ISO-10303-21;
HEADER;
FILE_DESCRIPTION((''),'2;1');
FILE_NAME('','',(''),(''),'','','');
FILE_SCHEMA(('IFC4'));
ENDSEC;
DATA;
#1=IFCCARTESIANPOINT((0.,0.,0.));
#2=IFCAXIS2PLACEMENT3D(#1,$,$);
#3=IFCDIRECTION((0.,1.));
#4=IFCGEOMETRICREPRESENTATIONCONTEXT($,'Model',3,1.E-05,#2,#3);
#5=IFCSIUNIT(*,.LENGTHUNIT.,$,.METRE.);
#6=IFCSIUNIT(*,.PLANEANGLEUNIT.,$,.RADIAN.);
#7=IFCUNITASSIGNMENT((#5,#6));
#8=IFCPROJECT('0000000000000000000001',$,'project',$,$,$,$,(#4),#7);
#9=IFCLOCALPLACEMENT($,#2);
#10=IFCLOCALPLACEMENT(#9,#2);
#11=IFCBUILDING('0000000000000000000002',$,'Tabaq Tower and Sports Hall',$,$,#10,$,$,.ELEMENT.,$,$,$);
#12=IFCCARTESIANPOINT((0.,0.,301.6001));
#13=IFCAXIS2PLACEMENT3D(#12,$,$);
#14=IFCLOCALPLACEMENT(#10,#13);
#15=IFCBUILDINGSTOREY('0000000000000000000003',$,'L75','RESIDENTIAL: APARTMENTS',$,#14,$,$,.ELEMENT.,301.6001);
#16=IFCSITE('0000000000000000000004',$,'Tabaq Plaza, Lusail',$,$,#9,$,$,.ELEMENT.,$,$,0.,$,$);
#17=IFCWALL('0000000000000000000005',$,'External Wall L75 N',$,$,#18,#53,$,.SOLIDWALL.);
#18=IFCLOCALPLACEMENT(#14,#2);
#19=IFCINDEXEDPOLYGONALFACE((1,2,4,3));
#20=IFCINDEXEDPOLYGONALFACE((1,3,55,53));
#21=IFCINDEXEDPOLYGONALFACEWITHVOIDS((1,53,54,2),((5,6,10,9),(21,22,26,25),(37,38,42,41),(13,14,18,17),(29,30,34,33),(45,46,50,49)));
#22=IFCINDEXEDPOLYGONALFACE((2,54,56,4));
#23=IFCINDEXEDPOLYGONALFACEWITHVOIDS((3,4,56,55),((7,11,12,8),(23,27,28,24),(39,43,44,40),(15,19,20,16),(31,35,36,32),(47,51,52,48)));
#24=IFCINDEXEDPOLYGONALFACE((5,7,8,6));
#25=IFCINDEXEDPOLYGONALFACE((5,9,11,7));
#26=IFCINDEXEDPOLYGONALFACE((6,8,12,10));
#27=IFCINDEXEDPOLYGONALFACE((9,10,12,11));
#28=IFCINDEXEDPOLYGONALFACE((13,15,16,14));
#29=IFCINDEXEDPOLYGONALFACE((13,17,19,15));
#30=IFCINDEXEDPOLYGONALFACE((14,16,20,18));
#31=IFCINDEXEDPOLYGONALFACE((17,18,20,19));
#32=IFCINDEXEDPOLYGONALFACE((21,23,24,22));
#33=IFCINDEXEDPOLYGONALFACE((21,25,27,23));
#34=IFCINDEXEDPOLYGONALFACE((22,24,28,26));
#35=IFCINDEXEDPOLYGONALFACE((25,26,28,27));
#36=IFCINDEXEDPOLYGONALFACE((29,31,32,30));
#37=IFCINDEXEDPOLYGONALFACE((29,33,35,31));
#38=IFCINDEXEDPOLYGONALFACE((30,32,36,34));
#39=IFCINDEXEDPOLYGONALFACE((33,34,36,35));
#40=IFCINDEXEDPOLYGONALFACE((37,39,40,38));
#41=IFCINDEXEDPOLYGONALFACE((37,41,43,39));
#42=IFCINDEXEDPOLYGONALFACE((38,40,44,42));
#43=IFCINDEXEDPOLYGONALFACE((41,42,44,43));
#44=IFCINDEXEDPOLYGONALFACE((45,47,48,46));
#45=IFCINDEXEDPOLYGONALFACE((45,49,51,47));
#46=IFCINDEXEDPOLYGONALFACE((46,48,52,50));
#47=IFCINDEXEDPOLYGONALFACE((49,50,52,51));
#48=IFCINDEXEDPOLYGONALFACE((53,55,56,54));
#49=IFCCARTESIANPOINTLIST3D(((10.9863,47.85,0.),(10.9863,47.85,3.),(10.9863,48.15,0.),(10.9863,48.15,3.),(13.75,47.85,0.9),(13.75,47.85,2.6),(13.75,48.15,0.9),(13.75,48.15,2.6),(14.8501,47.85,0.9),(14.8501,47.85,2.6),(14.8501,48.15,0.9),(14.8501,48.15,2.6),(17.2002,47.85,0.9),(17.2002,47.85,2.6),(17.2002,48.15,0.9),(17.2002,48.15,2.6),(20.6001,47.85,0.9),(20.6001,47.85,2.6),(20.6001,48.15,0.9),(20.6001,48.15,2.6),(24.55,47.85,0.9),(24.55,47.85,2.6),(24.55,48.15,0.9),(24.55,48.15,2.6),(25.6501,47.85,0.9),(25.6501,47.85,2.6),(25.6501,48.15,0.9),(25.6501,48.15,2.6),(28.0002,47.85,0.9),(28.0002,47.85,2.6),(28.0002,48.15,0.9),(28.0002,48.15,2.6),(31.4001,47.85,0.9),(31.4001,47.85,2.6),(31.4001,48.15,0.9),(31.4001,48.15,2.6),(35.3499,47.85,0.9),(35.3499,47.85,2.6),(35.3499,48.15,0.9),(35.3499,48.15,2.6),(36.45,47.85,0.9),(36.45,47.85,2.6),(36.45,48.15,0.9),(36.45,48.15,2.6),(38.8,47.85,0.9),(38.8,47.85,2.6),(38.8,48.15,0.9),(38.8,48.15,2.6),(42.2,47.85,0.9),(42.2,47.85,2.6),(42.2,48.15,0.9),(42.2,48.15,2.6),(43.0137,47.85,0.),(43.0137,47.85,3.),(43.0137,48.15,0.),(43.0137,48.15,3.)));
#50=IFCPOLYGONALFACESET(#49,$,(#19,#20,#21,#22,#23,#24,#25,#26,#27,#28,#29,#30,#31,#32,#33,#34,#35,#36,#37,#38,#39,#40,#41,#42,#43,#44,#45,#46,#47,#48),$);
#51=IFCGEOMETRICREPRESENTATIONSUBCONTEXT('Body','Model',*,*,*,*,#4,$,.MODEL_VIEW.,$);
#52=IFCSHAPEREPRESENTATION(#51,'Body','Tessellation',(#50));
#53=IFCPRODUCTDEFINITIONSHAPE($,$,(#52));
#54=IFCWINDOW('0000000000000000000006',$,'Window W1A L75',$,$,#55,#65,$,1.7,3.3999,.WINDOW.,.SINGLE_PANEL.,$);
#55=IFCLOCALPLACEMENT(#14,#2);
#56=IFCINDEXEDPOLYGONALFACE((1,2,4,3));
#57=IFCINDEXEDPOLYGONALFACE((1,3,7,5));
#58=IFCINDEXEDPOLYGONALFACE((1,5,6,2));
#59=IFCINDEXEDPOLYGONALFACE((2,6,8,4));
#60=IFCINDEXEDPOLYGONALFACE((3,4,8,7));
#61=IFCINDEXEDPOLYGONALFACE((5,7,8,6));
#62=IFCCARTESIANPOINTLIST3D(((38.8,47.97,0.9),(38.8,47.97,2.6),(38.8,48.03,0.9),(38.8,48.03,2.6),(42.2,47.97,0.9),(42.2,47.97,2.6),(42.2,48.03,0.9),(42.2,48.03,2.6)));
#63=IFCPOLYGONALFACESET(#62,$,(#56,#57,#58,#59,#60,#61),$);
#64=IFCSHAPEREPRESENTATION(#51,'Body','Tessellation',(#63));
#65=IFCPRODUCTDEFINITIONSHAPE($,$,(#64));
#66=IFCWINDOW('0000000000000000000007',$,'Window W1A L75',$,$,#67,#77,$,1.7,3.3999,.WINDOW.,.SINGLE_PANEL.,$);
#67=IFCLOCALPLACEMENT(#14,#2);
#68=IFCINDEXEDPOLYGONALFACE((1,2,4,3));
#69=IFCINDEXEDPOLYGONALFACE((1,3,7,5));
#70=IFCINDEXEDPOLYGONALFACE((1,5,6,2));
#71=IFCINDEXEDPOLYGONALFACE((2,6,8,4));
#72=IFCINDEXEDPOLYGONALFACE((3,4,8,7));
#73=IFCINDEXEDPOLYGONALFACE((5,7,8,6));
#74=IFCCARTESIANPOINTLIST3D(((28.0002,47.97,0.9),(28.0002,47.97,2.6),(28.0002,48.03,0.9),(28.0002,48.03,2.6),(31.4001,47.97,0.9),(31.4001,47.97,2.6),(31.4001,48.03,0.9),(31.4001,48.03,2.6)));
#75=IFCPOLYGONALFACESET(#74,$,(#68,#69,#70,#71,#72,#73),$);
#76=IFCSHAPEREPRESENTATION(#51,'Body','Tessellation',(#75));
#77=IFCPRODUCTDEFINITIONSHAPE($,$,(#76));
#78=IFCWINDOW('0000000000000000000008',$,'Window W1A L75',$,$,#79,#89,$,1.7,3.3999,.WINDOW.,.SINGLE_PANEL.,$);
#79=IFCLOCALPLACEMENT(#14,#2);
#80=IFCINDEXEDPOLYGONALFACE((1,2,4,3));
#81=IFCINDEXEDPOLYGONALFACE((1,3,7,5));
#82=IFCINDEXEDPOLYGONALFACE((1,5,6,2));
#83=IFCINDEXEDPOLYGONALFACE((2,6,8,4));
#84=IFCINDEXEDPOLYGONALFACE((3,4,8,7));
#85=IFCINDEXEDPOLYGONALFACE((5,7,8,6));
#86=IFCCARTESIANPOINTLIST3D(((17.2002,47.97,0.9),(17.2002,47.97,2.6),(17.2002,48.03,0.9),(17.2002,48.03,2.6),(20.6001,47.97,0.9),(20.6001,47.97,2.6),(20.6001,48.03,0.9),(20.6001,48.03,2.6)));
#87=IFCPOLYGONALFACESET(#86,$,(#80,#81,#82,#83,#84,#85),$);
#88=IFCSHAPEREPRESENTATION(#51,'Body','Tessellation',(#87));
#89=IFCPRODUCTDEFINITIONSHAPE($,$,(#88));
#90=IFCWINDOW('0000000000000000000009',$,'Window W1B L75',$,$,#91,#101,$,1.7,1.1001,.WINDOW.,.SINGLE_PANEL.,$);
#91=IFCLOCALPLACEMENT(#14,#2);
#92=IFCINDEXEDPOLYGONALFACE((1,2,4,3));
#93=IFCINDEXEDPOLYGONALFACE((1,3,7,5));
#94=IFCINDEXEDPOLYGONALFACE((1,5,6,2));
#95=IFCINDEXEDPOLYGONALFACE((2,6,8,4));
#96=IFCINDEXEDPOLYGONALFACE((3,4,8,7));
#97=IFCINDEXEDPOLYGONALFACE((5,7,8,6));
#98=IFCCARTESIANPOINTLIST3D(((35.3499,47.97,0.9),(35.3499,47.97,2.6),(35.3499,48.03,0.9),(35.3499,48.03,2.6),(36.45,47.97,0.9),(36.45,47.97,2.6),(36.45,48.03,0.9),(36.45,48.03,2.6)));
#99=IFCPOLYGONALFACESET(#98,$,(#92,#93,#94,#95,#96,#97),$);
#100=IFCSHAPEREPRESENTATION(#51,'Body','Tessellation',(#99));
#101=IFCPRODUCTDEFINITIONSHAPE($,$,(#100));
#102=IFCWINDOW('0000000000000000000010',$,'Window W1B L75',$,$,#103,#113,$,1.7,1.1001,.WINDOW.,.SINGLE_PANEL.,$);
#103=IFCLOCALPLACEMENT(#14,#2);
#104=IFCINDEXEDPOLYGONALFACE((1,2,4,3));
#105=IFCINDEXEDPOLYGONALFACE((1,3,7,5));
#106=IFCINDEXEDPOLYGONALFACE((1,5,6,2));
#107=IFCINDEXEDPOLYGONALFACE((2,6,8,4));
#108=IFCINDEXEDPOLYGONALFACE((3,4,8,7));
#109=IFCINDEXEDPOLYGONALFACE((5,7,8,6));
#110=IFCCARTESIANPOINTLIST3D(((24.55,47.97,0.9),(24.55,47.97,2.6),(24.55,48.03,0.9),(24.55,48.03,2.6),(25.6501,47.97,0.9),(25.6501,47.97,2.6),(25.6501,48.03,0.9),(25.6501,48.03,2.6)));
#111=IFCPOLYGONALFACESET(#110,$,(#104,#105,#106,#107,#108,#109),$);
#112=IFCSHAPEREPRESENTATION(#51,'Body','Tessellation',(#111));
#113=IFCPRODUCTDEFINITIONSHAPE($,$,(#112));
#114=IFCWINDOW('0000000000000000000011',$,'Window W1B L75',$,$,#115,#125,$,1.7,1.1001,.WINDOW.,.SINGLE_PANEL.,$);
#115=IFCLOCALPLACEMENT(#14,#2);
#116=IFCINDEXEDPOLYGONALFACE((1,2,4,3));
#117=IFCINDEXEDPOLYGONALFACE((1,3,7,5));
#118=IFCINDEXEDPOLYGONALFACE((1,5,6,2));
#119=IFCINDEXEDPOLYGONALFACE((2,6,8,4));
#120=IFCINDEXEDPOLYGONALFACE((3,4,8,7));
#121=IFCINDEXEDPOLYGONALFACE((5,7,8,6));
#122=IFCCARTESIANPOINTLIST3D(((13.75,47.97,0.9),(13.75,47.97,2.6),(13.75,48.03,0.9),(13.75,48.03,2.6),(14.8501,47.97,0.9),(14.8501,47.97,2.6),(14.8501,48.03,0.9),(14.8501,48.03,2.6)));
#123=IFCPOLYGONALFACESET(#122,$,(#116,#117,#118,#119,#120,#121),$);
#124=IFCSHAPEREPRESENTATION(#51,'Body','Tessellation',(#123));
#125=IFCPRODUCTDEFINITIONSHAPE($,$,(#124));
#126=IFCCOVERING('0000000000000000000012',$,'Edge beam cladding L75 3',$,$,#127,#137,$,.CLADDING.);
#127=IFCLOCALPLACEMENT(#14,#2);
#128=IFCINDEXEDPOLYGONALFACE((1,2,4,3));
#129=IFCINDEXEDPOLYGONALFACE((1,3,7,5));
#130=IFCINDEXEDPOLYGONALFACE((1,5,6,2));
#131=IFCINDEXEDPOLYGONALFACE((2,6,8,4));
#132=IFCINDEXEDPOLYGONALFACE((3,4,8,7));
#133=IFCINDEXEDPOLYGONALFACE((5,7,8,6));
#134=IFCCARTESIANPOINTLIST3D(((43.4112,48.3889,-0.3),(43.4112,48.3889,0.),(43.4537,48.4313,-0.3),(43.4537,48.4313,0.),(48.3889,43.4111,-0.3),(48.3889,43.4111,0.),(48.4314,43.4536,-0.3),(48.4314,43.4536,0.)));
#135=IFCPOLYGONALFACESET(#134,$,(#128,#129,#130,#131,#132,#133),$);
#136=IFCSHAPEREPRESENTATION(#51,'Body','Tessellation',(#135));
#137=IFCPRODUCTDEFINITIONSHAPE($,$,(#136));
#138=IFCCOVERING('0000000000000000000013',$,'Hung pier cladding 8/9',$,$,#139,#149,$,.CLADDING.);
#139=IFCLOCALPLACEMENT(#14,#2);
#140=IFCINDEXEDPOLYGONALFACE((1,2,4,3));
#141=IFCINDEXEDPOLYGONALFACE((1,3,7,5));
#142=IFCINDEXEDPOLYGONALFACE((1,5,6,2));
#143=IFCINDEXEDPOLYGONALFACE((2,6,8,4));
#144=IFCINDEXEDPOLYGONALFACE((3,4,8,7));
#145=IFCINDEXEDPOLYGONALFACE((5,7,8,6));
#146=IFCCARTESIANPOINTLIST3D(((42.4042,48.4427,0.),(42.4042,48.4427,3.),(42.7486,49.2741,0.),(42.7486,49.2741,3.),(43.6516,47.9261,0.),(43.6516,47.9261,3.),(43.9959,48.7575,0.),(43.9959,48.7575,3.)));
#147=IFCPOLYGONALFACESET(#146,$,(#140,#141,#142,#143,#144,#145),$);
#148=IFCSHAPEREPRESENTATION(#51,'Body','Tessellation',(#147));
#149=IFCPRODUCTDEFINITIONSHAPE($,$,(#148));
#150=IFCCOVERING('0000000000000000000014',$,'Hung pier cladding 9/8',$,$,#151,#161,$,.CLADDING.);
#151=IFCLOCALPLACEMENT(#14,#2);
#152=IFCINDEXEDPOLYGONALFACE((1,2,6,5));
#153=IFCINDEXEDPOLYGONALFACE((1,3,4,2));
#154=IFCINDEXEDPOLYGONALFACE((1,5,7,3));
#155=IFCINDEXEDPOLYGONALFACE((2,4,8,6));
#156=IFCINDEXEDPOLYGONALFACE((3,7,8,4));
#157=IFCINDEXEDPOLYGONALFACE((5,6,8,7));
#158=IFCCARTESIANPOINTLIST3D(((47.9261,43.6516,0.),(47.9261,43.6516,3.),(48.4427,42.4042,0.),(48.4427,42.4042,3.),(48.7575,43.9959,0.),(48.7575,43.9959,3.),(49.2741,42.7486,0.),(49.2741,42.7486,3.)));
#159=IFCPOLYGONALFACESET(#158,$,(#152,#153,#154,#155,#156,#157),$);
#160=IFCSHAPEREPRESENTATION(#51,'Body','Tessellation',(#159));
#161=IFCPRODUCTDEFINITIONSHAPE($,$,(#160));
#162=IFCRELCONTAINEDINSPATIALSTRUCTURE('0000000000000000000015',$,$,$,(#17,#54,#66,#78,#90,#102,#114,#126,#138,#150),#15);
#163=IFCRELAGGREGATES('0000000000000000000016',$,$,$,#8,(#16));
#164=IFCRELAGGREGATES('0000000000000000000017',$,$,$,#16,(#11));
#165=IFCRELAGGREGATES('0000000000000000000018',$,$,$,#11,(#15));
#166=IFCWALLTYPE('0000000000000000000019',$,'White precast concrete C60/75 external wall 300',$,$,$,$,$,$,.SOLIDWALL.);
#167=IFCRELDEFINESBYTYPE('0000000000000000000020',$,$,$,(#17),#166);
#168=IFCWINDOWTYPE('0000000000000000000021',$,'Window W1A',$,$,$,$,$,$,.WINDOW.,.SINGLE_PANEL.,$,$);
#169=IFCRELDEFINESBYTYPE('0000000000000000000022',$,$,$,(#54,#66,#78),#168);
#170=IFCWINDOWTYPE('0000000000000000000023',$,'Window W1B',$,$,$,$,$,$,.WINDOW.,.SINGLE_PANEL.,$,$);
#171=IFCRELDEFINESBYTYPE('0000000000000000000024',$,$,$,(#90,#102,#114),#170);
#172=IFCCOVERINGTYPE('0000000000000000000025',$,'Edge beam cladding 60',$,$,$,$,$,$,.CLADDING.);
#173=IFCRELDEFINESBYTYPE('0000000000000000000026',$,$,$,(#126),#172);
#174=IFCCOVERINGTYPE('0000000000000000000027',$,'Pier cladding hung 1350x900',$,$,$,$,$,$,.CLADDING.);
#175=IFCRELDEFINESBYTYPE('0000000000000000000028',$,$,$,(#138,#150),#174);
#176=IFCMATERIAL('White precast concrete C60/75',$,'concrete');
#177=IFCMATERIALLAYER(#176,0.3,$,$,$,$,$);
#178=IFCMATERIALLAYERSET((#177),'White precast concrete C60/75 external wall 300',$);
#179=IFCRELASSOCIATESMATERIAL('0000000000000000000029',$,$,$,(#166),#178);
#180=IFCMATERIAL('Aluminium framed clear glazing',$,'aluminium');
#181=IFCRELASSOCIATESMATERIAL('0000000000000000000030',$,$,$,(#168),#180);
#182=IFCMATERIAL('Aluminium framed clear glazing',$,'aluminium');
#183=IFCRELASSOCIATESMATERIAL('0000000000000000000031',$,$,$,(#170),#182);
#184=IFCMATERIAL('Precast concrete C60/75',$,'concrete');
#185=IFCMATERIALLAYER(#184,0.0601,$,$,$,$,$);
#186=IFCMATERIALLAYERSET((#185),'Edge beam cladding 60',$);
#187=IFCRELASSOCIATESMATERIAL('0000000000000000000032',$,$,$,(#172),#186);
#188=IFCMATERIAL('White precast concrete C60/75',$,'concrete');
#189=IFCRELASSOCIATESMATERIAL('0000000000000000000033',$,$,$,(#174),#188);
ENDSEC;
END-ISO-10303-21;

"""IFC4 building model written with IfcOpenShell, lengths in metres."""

from ifc_helpers import new_model, si_unit, direction, frame, frame_2d, origin, place, context, subcontext, project, spatial, rectangle, extrude, material, layer, layer_set, type_object, element, fill, save


model = new_model("IFC4")

# Units and contexts
model_context = context("Model", 3, precision=1e-05, world=origin(), true_north=direction((0.0, 1.0)))
body_context = subcontext(model_context, "Body", "Model", "MODEL_VIEW")
ifc_project = project(units=[si_unit("LENGTHUNIT", "METRE"), si_unit("PLANEANGLEUNIT", "RADIAN")], contexts=[model_context])

# Site, building, storey
site_placement = place(None, origin())
site = spatial("IfcSite", under=ifc_project, at=site_placement, Name="Tabaq Plaza, Lusail", CompositionType="ELEMENT", RefElevation=0.0)
building_placement = place(site_placement, origin())
building = spatial("IfcBuilding", under=site, at=building_placement, Name="Tabaq Tower and Sports Hall", CompositionType="ELEMENT")
storey_placement = place(building_placement, frame((0.0, 0.0, 301.6001)))
storey = spatial("IfcBuildingStorey", under=building, at=storey_placement, Name="L75", Description="RESIDENTIAL: APARTMENTS", CompositionType="ELEMENT", Elevation=301.6001)

# Shared definitions
ifc_material_1 = material(Name="White precast concrete C60/75", Category="concrete")
ifc_layer_1 = layer(ifc_material_1, 0.3)
ifc_layer_set_1 = layer_set([ifc_layer_1], Name="White precast concrete C60/75 external wall 300")
wall_type_1 = type_object("IfcWallType", Name="White precast concrete C60/75 external wall 300", PredefinedType="SOLIDWALL", material=ifc_layer_set_1)
ifc_material_2 = material(Name="Aluminium framed clear glazing", Category="aluminium")
window_type_1 = type_object("IfcWindowType", Name="Window W1A", PartitioningType="SINGLE_PANEL", PredefinedType="WINDOW", material=ifc_material_2)

# Wall, openings, windows
wall_1_placement = place(storey_placement, frame((43.0137, 48.0, 0.0), z_axis=(0.0, 0.0, 1.0), x_axis=(-1.0, 0.0, 0.0)))
wall_1 = element("IfcWall", 1, at=wall_1_placement, inside=storey, type_object=wall_type_1, Name="External Wall L75 N", PredefinedType="SOLIDWALL", context=body_context, shape_type="SweptSolid", body=[
    extrude(rectangle(XDim=32.0273, YDim=0.3, at=frame_2d((16.0137, 0.0))), origin(), (0.0, 0.0, 1.0), 3.0),
])
opening_1_placement = place(wall_1_placement, frame((0.8137, 0.0, 0.8999)))
opening_1 = element("IfcOpeningElement", 2, at=opening_1_placement, cuts=wall_1, PredefinedType="OPENING", context=body_context, shape_type="SweptSolid", body=[
    extrude(rectangle(XDim=3.3999, YDim=1.7, at=frame_2d((1.7, 0.8501))), frame((0.0, 0.1602, 0.0), z_axis=(0.0, -1.0, 0.0), x_axis=(1.0, 0.0, 0.0)), (0.0, 0.0, 1.0), 0.3201),
])
opening_2_placement = place(wall_1_placement, frame((6.5637, 0.0, 0.8999)))
opening_2 = element("IfcOpeningElement", 3, at=opening_2_placement, cuts=wall_1, PredefinedType="OPENING", context=body_context, shape_type="SweptSolid", body=[
    extrude(rectangle(XDim=1.1001, YDim=1.7, at=frame_2d((0.55, 0.8501))), frame((0.0, 0.1602, 0.0), z_axis=(0.0, -1.0, 0.0), x_axis=(1.0, 0.0, 0.0)), (0.0, 0.0, 1.0), 0.3201),
])
opening_3_placement = place(wall_1_placement, frame((11.6135, 0.0, 0.8999)))
opening_3 = element("IfcOpeningElement", 4, at=opening_3_placement, cuts=wall_1, PredefinedType="OPENING", context=body_context, shape_type="SweptSolid", body=[
    extrude(rectangle(XDim=3.3999, YDim=1.7, at=frame_2d((1.7, 0.8501))), frame((0.0, 0.1602, 0.0), z_axis=(0.0, -1.0, 0.0), x_axis=(1.0, 0.0, 0.0)), (0.0, 0.0, 1.0), 0.3201),
])
opening_4_placement = place(wall_1_placement, frame((17.3635, 0.0, 0.8999)))
opening_4 = element("IfcOpeningElement", 5, at=opening_4_placement, cuts=wall_1, PredefinedType="OPENING", context=body_context, shape_type="SweptSolid", body=[
    extrude(rectangle(XDim=1.1001, YDim=1.7, at=frame_2d((0.55, 0.8501))), frame((0.0, 0.1602, 0.0), z_axis=(0.0, -1.0, 0.0), x_axis=(1.0, 0.0, 0.0)), (0.0, 0.0, 1.0), 0.3201),
])
opening_5_placement = place(wall_1_placement, frame((22.4136, 0.0, 0.8999)))
opening_5 = element("IfcOpeningElement", 6, at=opening_5_placement, cuts=wall_1, PredefinedType="OPENING", context=body_context, shape_type="SweptSolid", body=[
    extrude(rectangle(XDim=3.3999, YDim=1.7, at=frame_2d((1.7, 0.8501))), frame((0.0, 0.1602, 0.0), z_axis=(0.0, -1.0, 0.0), x_axis=(1.0, 0.0, 0.0)), (0.0, 0.0, 1.0), 0.3201),
])
opening_6_placement = place(wall_1_placement, frame((28.1636, 0.0, 0.8999)))
opening_6 = element("IfcOpeningElement", 7, at=opening_6_placement, cuts=wall_1, PredefinedType="OPENING", context=body_context, shape_type="SweptSolid", body=[
    extrude(rectangle(XDim=1.1001, YDim=1.7, at=frame_2d((0.55, 0.8501))), frame((0.0, 0.1602, 0.0), z_axis=(0.0, -1.0, 0.0), x_axis=(1.0, 0.0, 0.0)), (0.0, 0.0, 1.0), 0.3201),
])
window_1_placement = place(opening_1_placement, origin())
window_1 = element("IfcWindow", 8, at=window_1_placement, inside=storey, type_object=window_type_1, Name="Window W1A L75", OverallHeight=1.7, OverallWidth=3.3999, PartitioningType="SINGLE_PANEL", PredefinedType="WINDOW", context=body_context, shape_type="SweptSolid", body=[
    extrude(rectangle(XDim=3.3999, YDim=1.7, at=frame_2d((1.7, 0.8501))), frame((0.0, 0.03, 0.0), z_axis=(0.0, -1.0, 0.0), x_axis=(1.0, 0.0, 0.0)), (0.0, 0.0, 1.0), 0.0601),
])
fill(opening_1, window_1)
window_2_placement = place(opening_3_placement, origin())
window_2 = element("IfcWindow", 9, at=window_2_placement, inside=storey, type_object=window_type_1, Name="Window W1A L75", OverallHeight=1.7, OverallWidth=3.3999, PartitioningType="SINGLE_PANEL", PredefinedType="WINDOW", context=body_context, shape_type="SweptSolid", body=[
    extrude(rectangle(XDim=3.3999, YDim=1.7, at=frame_2d((1.7, 0.8501))), frame((0.0, 0.03, 0.0), z_axis=(0.0, -1.0, 0.0), x_axis=(1.0, 0.0, 0.0)), (0.0, 0.0, 1.0), 0.0601),
])
fill(opening_3, window_2)
window_3_placement = place(opening_5_placement, origin())
window_3 = element("IfcWindow", 10, at=window_3_placement, inside=storey, type_object=window_type_1, Name="Window W1A L75", OverallHeight=1.7, OverallWidth=3.3999, PartitioningType="SINGLE_PANEL", PredefinedType="WINDOW", context=body_context, shape_type="SweptSolid", body=[
    extrude(rectangle(XDim=3.3999, YDim=1.7, at=frame_2d((1.7, 0.8501))), frame((0.0, 0.03, 0.0), z_axis=(0.0, -1.0, 0.0), x_axis=(1.0, 0.0, 0.0)), (0.0, 0.0, 1.0), 0.0601),
])
fill(opening_5, window_3)
ifc_material_3 = material(Name="Aluminium framed clear glazing", Category="aluminium")
window_type_2 = type_object("IfcWindowType", Name="Window W1B", PartitioningType="SINGLE_PANEL", PredefinedType="WINDOW", material=ifc_material_3)
window_4_placement = place(opening_2_placement, origin())
window_4 = element("IfcWindow", 11, at=window_4_placement, inside=storey, type_object=window_type_2, Name="Window W1B L75", OverallHeight=1.7, OverallWidth=1.1001, PartitioningType="SINGLE_PANEL", PredefinedType="WINDOW", context=body_context, shape_type="SweptSolid", body=[
    extrude(rectangle(XDim=1.1001, YDim=1.7, at=frame_2d((0.55, 0.8501))), frame((0.0, 0.03, 0.0), z_axis=(0.0, -1.0, 0.0), x_axis=(1.0, 0.0, 0.0)), (0.0, 0.0, 1.0), 0.0601),
])
fill(opening_2, window_4)
window_5_placement = place(opening_4_placement, origin())
window_5 = element("IfcWindow", 12, at=window_5_placement, inside=storey, type_object=window_type_2, Name="Window W1B L75", OverallHeight=1.7, OverallWidth=1.1001, PartitioningType="SINGLE_PANEL", PredefinedType="WINDOW", context=body_context, shape_type="SweptSolid", body=[
    extrude(rectangle(XDim=1.1001, YDim=1.7, at=frame_2d((0.55, 0.8501))), frame((0.0, 0.03, 0.0), z_axis=(0.0, -1.0, 0.0), x_axis=(1.0, 0.0, 0.0)), (0.0, 0.0, 1.0), 0.0601),
])
fill(opening_4, window_5)
window_6_placement = place(opening_6_placement, origin())
window_6 = element("IfcWindow", 13, at=window_6_placement, inside=storey, type_object=window_type_2, Name="Window W1B L75", OverallHeight=1.7, OverallWidth=1.1001, PartitioningType="SINGLE_PANEL", PredefinedType="WINDOW", context=body_context, shape_type="SweptSolid", body=[
    extrude(rectangle(XDim=1.1001, YDim=1.7, at=frame_2d((0.55, 0.8501))), frame((0.0, 0.03, 0.0), z_axis=(0.0, -1.0, 0.0), x_axis=(1.0, 0.0, 0.0)), (0.0, 0.0, 1.0), 0.0601),
])
fill(opening_6, window_6)

# Coverings
ifc_material_4 = material(Name="Precast concrete C60/75", Category="concrete")
ifc_layer_2 = layer(ifc_material_4, 0.0601)
ifc_layer_set_2 = layer_set([ifc_layer_2], Name="Edge beam cladding 60")
covering_type_1 = type_object("IfcCoveringType", Name="Edge beam cladding 60", PredefinedType="CLADDING", material=ifc_layer_set_2)
covering_1_placement = place(storey_placement, frame((48.4102, 43.4324, -0.3), z_axis=(0.0, 0.0, 1.0), x_axis=(-0.707107, 0.707107, 0.0)))
element("IfcCovering", 14, at=covering_1_placement, inside=storey, type_object=covering_type_1, Name="Edge beam cladding L75 3", PredefinedType="CLADDING", context=body_context, shape_type="SweptSolid", body=[
    extrude(rectangle(XDim=7.0396, YDim=0.0601, at=frame_2d((3.5198, 0.0))), origin(), (0.0, 0.0, 1.0), 0.3),
])
ifc_material_5 = material(Name="White precast concrete C60/75", Category="concrete")
covering_type_2 = type_object("IfcCoveringType", Name="Pier cladding hung 1350x900", PredefinedType="CLADDING", material=ifc_material_5)
for number, where, z_axis, x_axis, name in (
    (15, (43.8237, 48.3418, 0.0), (0.0, 0.0, 1.0), (-0.923893, 0.38265, 0.0), "Hung pier cladding 8/9"),
    (16, (48.8584, 42.5764, 0.0), (0.0, 0.0, 1.0), (-0.38265, 0.923893, 0.0), "Hung pier cladding 9/8"),
):
    element("IfcCovering", number, at=place(storey_placement, frame(where, z_axis=z_axis, x_axis=x_axis)), inside=storey, type_object=covering_type_2, Name=name, PredefinedType="CLADDING", context=body_context, shape_type="SweptSolid", body=[
        extrude(rectangle(XDim=1.3501, YDim=0.8999, at=frame_2d((0.675, 0.0))), origin(), (0.0, 0.0, 1.0), 3.0),
    ])

save(model, "model.ifc")
